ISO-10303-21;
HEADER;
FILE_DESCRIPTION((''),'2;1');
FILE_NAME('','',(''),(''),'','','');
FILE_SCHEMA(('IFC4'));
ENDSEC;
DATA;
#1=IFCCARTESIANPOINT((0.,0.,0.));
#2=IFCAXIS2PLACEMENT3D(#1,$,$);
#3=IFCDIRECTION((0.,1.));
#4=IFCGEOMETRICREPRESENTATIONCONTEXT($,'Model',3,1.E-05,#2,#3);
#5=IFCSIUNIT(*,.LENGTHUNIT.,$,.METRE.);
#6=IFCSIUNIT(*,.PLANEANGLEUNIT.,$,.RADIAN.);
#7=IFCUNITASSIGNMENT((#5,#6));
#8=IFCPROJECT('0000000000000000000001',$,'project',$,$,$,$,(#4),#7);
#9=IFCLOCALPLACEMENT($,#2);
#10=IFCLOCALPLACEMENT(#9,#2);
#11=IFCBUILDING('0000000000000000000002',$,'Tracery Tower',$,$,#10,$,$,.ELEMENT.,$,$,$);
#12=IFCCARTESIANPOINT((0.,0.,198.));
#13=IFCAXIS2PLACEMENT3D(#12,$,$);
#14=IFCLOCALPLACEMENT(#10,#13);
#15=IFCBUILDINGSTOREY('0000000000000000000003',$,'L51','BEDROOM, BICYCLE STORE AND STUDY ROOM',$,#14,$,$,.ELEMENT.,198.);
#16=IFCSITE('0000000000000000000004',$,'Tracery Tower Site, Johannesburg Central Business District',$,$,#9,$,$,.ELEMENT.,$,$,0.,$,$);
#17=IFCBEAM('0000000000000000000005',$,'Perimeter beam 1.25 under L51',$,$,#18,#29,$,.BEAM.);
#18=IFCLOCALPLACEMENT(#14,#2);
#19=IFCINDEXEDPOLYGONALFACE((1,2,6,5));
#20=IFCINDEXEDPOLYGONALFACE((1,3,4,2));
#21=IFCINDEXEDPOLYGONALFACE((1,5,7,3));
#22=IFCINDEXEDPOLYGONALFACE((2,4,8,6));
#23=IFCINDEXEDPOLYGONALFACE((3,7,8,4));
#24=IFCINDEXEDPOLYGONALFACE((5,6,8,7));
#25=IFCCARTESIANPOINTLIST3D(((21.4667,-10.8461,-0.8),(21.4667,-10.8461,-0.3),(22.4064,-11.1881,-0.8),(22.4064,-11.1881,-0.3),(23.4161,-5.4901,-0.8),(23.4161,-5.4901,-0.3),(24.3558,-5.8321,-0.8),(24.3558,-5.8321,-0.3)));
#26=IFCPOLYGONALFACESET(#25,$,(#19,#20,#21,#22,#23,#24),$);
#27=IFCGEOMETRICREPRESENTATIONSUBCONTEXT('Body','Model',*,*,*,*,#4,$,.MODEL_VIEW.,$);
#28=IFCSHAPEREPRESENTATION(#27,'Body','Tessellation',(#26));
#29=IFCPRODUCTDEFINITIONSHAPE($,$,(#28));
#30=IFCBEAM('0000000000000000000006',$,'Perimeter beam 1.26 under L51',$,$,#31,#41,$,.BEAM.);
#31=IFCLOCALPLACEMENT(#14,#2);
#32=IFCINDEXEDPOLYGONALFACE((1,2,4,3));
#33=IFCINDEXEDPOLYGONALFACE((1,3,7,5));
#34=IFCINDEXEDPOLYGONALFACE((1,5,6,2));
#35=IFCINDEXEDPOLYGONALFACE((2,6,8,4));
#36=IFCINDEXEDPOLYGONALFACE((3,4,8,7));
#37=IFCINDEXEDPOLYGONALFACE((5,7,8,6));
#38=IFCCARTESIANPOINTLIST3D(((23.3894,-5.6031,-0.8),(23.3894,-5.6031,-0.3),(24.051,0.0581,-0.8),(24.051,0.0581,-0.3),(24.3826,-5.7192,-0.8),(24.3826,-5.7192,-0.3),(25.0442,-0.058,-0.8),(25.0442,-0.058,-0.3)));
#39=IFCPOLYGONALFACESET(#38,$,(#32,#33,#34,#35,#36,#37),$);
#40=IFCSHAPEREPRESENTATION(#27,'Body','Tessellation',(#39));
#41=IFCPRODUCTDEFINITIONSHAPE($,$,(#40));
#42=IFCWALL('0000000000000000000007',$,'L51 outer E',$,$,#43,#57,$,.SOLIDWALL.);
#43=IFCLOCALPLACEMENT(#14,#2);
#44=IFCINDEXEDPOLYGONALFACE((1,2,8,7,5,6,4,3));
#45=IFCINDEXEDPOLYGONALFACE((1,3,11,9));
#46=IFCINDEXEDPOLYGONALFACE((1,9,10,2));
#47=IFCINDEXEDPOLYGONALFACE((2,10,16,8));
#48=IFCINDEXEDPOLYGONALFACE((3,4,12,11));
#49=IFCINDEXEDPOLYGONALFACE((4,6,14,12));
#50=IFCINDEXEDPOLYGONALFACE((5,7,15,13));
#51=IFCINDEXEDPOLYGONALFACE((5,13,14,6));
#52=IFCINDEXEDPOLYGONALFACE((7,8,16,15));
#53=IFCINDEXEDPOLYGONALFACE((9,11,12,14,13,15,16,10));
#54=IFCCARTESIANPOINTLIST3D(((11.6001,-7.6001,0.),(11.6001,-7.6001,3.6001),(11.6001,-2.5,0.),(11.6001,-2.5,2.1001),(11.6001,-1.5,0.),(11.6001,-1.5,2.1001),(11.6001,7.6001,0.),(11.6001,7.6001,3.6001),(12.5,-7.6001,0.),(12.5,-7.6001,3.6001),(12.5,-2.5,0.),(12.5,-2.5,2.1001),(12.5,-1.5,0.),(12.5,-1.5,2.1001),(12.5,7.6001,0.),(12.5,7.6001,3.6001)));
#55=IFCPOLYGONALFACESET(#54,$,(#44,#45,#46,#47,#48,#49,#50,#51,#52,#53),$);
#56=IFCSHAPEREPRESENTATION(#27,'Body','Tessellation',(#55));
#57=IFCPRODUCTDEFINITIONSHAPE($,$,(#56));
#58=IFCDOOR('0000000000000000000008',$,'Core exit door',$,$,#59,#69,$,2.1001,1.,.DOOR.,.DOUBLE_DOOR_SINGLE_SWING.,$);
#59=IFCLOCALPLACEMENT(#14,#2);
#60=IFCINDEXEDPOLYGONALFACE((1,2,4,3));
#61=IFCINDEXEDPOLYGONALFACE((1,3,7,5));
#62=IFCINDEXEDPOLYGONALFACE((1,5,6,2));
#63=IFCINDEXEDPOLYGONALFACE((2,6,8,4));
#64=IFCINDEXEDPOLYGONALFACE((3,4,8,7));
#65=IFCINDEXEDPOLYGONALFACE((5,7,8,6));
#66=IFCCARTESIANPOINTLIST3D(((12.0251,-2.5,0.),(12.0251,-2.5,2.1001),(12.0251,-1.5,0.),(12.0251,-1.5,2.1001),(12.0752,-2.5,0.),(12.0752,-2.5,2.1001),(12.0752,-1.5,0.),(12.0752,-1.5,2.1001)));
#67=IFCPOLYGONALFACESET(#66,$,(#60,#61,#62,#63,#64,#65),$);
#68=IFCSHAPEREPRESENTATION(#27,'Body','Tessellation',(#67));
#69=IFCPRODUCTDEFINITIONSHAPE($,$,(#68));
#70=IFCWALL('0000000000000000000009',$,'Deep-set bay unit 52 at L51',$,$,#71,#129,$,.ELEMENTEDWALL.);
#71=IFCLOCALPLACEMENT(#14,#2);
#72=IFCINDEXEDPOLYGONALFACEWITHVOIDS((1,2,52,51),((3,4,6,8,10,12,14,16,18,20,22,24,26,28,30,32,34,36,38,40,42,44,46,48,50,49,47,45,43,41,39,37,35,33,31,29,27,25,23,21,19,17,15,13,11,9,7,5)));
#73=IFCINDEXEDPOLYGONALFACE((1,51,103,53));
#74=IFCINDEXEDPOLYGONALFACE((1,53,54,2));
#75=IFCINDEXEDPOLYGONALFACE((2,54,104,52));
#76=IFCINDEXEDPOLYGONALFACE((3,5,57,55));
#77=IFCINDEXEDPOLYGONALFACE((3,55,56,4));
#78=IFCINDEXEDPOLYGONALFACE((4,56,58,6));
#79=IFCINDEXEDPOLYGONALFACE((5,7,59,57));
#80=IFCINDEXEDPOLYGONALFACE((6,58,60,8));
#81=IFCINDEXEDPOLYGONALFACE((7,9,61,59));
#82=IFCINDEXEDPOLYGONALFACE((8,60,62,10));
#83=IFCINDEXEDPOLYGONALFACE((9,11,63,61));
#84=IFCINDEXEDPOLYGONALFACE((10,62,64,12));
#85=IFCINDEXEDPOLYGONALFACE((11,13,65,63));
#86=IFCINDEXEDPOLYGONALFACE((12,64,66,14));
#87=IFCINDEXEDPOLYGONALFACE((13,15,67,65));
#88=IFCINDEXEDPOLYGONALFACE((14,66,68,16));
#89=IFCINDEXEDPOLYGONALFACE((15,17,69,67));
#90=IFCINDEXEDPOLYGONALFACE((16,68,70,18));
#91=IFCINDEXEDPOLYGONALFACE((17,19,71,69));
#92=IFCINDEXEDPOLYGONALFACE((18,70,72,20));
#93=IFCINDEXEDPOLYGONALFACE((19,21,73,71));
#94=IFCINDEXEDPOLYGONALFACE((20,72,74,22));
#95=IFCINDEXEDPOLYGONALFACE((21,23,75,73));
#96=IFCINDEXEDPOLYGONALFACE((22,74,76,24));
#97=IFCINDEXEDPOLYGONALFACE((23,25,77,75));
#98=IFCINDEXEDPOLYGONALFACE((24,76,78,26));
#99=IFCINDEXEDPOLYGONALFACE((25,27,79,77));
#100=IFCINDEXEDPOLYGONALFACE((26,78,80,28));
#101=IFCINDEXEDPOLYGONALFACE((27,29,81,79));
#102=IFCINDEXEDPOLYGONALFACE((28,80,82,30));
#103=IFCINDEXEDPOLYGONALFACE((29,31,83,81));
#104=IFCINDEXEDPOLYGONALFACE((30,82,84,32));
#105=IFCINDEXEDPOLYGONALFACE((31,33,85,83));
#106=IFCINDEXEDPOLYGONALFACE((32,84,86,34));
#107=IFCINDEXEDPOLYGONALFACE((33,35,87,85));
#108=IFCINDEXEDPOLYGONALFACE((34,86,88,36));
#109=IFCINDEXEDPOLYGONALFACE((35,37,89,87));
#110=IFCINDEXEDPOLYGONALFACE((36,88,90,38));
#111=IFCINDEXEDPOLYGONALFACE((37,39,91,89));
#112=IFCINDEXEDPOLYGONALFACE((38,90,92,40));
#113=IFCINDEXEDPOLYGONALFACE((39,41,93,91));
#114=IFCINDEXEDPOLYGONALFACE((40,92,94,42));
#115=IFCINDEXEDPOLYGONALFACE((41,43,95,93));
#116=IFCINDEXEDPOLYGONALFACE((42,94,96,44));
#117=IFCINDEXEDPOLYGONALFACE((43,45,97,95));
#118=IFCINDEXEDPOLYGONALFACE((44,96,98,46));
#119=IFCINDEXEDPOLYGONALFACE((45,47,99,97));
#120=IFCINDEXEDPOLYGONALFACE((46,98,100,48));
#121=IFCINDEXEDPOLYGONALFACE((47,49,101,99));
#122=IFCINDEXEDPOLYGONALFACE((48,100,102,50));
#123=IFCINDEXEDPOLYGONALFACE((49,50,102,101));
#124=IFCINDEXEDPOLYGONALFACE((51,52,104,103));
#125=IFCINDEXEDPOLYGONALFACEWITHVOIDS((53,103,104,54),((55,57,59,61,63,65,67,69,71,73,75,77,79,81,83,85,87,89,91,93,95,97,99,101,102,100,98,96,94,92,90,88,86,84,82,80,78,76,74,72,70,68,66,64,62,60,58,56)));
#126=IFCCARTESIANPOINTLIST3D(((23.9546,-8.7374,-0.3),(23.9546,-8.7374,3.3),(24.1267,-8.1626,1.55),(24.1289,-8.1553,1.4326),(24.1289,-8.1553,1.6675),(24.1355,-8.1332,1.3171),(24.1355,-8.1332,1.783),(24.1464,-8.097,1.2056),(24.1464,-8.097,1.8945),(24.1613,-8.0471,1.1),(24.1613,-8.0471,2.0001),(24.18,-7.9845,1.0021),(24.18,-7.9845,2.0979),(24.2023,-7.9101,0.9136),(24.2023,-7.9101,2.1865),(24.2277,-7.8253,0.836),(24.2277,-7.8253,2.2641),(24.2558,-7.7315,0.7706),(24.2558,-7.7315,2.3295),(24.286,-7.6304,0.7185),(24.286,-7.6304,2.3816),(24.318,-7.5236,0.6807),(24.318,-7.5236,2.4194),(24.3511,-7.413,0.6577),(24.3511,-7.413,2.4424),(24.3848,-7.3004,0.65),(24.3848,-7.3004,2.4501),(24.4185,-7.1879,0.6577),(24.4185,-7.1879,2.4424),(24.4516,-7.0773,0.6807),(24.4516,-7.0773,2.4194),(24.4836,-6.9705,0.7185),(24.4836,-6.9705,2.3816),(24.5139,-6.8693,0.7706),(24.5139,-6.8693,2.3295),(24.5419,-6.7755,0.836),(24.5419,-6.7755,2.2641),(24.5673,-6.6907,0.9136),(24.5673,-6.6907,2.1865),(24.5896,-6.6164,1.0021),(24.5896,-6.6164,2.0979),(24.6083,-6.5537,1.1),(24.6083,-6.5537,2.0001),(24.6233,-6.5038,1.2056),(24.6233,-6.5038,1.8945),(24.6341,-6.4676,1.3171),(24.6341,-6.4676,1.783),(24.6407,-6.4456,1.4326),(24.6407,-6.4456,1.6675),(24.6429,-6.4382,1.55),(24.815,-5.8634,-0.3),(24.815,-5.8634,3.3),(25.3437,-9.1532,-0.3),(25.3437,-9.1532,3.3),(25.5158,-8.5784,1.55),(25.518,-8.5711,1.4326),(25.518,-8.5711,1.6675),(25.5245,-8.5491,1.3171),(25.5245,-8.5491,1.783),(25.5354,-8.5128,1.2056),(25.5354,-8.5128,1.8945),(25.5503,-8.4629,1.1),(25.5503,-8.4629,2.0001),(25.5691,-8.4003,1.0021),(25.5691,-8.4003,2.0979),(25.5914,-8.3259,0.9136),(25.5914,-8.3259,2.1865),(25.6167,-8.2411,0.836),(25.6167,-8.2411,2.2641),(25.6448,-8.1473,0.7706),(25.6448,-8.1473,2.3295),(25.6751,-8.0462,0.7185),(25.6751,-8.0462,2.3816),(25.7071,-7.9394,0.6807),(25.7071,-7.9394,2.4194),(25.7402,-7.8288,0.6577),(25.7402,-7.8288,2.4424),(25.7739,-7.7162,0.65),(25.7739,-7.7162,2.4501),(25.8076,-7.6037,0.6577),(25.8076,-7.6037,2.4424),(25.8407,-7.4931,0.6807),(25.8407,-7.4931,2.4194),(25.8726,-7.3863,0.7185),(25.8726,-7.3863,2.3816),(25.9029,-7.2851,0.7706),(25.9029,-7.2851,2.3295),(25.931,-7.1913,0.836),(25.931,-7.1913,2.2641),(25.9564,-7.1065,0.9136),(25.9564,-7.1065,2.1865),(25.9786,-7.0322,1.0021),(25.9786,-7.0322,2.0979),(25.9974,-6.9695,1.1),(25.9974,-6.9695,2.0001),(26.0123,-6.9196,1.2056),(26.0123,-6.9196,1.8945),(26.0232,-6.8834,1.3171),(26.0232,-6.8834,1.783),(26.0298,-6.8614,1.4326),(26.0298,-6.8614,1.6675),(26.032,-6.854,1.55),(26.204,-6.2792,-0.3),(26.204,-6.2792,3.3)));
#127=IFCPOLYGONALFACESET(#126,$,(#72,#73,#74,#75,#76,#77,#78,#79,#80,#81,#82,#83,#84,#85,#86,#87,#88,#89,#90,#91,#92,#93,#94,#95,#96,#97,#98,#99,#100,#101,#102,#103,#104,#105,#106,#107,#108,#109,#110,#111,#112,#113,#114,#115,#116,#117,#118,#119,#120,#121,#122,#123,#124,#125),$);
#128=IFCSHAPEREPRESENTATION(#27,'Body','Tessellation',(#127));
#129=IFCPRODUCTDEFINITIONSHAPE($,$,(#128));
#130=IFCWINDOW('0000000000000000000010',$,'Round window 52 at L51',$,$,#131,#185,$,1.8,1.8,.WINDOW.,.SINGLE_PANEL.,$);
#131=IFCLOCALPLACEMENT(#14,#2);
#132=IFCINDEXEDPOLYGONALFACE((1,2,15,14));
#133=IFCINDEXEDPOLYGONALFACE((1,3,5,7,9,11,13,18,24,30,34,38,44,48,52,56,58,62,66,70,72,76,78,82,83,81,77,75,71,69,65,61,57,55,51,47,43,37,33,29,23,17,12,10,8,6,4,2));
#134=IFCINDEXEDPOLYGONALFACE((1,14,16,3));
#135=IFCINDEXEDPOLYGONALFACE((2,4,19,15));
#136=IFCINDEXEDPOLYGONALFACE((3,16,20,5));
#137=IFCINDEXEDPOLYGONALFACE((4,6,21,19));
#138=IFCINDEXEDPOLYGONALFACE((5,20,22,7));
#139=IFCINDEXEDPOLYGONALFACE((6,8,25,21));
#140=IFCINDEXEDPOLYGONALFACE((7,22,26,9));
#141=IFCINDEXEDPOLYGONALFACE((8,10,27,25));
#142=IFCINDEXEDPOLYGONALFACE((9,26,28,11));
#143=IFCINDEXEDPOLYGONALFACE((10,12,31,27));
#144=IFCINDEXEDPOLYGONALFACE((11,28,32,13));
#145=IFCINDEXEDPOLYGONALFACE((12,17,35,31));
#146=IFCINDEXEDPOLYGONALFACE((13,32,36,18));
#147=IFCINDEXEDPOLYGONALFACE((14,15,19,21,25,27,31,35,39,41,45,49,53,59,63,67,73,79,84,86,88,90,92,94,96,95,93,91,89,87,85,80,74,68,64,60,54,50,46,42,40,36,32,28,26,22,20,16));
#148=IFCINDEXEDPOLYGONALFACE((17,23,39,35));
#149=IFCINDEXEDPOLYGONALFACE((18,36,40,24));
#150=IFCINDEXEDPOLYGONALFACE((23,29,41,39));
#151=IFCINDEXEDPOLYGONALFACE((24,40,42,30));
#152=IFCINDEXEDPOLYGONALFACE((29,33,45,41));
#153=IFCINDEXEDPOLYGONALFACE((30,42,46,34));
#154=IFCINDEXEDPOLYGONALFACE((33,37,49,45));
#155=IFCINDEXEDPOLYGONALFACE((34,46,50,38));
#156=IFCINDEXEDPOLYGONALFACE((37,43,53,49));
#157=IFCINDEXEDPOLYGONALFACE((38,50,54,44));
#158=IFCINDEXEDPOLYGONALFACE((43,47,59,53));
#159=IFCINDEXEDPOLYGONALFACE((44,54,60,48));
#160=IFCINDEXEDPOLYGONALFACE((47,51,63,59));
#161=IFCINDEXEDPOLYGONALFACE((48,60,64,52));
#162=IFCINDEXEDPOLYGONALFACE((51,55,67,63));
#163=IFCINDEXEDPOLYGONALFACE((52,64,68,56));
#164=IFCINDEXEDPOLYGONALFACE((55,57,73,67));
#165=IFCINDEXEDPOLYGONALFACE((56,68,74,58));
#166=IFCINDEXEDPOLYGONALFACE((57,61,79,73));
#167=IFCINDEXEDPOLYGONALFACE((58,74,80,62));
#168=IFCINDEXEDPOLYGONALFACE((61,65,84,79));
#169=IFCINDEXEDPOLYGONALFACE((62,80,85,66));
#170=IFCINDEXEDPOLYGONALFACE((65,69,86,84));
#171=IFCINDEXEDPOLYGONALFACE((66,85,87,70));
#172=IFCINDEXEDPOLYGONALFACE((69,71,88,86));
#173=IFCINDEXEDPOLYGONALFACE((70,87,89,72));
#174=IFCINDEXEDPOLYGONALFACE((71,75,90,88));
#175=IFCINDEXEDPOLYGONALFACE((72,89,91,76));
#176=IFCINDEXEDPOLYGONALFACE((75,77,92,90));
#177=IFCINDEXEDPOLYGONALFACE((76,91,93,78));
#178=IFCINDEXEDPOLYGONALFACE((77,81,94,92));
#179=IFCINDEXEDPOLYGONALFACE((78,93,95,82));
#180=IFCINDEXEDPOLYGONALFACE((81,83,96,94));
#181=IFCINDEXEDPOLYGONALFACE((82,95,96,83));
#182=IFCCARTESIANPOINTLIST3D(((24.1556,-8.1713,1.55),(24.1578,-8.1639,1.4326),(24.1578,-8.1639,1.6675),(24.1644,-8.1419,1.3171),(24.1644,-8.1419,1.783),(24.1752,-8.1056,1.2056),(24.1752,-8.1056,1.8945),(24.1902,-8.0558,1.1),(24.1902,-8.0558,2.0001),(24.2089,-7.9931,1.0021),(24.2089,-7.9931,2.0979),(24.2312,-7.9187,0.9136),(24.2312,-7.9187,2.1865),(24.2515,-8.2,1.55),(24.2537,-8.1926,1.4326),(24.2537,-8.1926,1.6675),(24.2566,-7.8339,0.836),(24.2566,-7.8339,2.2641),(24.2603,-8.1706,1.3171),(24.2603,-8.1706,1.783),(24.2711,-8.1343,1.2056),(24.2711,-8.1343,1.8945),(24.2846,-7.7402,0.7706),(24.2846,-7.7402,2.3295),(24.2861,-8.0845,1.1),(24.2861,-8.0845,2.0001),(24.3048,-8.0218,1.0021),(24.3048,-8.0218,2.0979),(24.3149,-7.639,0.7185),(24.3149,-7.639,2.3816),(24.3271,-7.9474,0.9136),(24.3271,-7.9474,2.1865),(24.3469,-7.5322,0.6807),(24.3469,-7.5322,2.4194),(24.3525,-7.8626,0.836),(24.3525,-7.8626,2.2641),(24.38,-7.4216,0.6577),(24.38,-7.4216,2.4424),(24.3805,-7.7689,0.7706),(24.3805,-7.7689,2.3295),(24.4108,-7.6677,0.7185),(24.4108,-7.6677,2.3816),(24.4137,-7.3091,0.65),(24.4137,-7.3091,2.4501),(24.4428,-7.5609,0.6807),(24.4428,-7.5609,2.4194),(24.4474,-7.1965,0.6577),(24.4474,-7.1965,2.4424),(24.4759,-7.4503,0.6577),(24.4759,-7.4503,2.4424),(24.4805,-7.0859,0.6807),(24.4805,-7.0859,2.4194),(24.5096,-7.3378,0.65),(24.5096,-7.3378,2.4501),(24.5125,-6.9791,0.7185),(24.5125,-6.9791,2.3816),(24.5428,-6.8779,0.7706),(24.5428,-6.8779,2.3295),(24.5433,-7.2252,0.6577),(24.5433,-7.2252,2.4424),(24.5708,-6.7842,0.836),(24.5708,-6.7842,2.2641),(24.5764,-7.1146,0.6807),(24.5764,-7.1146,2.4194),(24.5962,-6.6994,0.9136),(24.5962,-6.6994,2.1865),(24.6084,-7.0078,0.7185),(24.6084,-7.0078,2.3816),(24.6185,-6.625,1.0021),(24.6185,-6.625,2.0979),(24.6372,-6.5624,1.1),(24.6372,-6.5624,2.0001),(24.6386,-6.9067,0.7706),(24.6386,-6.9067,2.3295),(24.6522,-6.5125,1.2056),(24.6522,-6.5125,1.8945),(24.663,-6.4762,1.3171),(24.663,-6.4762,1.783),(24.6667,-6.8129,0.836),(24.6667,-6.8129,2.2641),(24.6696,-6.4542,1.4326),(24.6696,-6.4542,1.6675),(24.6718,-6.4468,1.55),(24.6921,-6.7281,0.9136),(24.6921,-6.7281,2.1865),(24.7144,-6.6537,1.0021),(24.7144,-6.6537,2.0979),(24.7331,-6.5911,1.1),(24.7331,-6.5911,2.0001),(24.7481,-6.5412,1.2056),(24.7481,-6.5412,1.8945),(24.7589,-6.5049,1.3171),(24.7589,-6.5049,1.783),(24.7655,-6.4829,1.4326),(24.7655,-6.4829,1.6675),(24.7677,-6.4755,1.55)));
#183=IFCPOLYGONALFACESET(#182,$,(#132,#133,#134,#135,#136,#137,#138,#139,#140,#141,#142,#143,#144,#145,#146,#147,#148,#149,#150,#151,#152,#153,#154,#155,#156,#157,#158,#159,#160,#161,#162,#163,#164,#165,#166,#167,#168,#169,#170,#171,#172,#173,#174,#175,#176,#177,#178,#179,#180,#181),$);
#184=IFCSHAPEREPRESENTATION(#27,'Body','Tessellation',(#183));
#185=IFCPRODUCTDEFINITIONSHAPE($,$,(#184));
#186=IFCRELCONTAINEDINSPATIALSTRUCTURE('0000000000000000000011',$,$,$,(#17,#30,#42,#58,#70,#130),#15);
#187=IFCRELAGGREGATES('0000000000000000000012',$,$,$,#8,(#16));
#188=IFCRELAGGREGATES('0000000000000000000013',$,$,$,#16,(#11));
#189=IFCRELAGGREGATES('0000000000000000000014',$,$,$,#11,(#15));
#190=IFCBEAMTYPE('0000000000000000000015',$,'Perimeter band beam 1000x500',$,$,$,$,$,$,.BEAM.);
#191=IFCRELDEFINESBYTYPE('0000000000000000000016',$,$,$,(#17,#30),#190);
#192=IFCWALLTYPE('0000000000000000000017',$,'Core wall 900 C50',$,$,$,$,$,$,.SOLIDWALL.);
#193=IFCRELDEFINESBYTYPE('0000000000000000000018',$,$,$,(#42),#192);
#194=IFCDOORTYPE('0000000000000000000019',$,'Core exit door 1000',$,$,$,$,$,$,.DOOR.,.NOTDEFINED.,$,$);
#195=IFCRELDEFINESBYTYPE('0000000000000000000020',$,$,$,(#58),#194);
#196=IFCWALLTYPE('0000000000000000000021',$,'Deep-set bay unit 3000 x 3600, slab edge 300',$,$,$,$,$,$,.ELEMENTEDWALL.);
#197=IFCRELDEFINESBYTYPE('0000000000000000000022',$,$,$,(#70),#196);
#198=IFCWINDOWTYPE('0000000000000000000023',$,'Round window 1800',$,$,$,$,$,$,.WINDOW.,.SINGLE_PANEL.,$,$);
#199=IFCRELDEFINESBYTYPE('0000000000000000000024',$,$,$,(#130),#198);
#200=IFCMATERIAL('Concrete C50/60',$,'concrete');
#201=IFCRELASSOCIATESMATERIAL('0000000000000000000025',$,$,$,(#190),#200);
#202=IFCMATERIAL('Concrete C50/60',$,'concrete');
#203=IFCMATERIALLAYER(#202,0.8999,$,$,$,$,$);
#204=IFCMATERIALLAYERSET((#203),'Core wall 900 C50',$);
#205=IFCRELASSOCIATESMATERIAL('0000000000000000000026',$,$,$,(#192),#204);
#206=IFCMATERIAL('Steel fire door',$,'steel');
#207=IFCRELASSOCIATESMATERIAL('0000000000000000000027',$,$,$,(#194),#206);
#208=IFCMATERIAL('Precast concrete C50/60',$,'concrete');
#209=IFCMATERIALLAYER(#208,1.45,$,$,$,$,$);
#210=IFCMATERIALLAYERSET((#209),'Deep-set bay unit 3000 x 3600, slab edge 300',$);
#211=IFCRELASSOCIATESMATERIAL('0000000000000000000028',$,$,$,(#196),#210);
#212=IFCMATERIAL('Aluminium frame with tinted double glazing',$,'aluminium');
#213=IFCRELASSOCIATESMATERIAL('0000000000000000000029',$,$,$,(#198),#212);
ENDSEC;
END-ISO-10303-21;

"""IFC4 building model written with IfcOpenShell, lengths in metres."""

from ifc_helpers import new_model, si_unit, direction, frame, frame_2d, origin, origin_2d, place, context, subcontext, project, spatial, rectangle, circle, extrude, material, layer, layer_set, material_profile, profile_set, type_object, element, fill, save


model = new_model("IFC4")

# Units and contexts
model_context = context("Model", 3, precision=1e-05, world=origin(), true_north=direction((0.0, 1.0)))
body_context = subcontext(model_context, "Body", "Model", "MODEL_VIEW")
ifc_project = project(units=[si_unit("LENGTHUNIT", "METRE"), si_unit("PLANEANGLEUNIT", "RADIAN")], contexts=[model_context])

# Site, building, storey
site_placement = place(None, origin())
site = spatial("IfcSite", under=ifc_project, at=site_placement, Name="Tracery Tower Site, Johannesburg Central Business District", CompositionType="ELEMENT", RefElevation=0.0)
building_placement = place(site_placement, origin())
building = spatial("IfcBuilding", under=site, at=building_placement, Name="Tracery Tower", CompositionType="ELEMENT")
storey_placement = place(building_placement, frame((0.0, 0.0, 198.0)))
storey = spatial("IfcBuildingStorey", under=building, at=storey_placement, Name="L51", Description="BEDROOM, BICYCLE STORE AND STUDY ROOM", CompositionType="ELEMENT", Elevation=198.0)

# Beams
ifc_material_1 = material(Name="Concrete C50/60", Category="concrete")
ifc_material_profile_1 = material_profile(ifc_material_1, rectangle(XDim=1.0, YDim=0.5, at=origin_2d()), Name="RC 1000x500")
ifc_profile_set_1 = profile_set([ifc_material_profile_1], Name="Concrete C50/60")
beam_type = type_object("IfcBeamType", Name="Perimeter band beam 1000x500", PredefinedType="BEAM", material=ifc_profile_set_1)
for number, where, z_axis, x_axis, name in (
    (1, (21.9365, -11.0171, -0.55), (0.342029, 0.93969, 0.0), (-0.93969, 0.342029, 0.0), "Perimeter beam 1.25 under L51"),
    (2, (23.886, -5.6611, -0.55), (0.116081, 0.99324, 0.0), (-0.99324, 0.116081, 0.0), "Perimeter beam 1.26 under L51"),
):
    element("IfcBeam", number, at=place(storey_placement, frame(where, z_axis=z_axis, x_axis=x_axis)), inside=storey, type_object=beam_type, Name=name, PredefinedType="BEAM", context=body_context, shape_type="SweptSolid", body=[
        extrude(rectangle(XDim=1.0, YDim=0.5, at=origin_2d()), origin(), (0.0, 0.0, 1.0), 5.6997),
    ])

# Wall, opening, door
ifc_material_2 = material(Name="Concrete C50/60", Category="concrete")
ifc_layer_1 = layer(ifc_material_2, 0.8999)
ifc_layer_set_1 = layer_set([ifc_layer_1], Name="Core wall 900 C50")
wall_type_1 = type_object("IfcWallType", Name="Core wall 900 C50", PredefinedType="SOLIDWALL", material=ifc_layer_set_1)
wall_1_placement = place(storey_placement, frame((12.05, -7.6001, 0.0), z_axis=(0.0, 0.0, 1.0), x_axis=(0.0, 1.0, 0.0)))
wall_1 = element("IfcWall", 3, at=wall_1_placement, inside=storey, type_object=wall_type_1, Name="L51 outer E", PredefinedType="SOLIDWALL", context=body_context, shape_type="SweptSolid", body=[
    extrude(rectangle(XDim=15.2002, YDim=0.8999, at=frame_2d((7.6001, 0.0))), origin(), (0.0, 0.0, 1.0), 3.6001),
])
opening_1_placement = place(wall_1_placement, frame((5.1001, 0.0, 0.0)))
opening_1 = element("IfcOpeningElement", 4, at=opening_1_placement, cuts=wall_1, PredefinedType="OPENING", context=body_context, shape_type="SweptSolid", body=[
    extrude(rectangle(XDim=1.0, YDim=2.1001, at=frame_2d((0.5, 1.05))), frame((0.0, 0.45, 0.0), z_axis=(0.0, -1.0, 0.0), x_axis=(1.0, 0.0, 0.0)), (0.0, 0.0, 1.0), 0.8999),
])
ifc_material_3 = material(Name="Steel fire door", Category="steel")
door_type_1 = type_object("IfcDoorType", Name="Core exit door 1000", OperationType="NOTDEFINED", PredefinedType="DOOR", material=ifc_material_3)
door_1_placement = place(opening_1_placement, origin())
door_1 = element("IfcDoor", 5, at=door_1_placement, inside=storey, type_object=door_type_1, Name="Core exit door", OperationType="DOUBLE_DOOR_SINGLE_SWING", OverallHeight=2.1001, OverallWidth=1.0, PredefinedType="DOOR", context=body_context, shape_type="SweptSolid", body=[
    extrude(rectangle(XDim=1.0, YDim=2.1001, at=frame_2d((0.5, 1.05))), frame((0.0, 0.0249, 0.0), z_axis=(0.0, -1.0, 0.0), x_axis=(1.0, 0.0, 0.0)), (0.0, 0.0, 1.0), 0.05),
])
fill(opening_1, door_1)

# Wall, opening, window
ifc_material_4 = material(Name="Precast concrete C50/60", Category="concrete")
ifc_layer_2 = layer(ifc_material_4, 1.45)
ifc_layer_set_2 = layer_set([ifc_layer_2], Name="Deep-set bay unit 3000 x 3600, slab edge 300")
wall_type_2 = type_object("IfcWallType", Name="Deep-set bay unit 3000 x 3600, slab edge 300", PredefinedType="ELEMENTEDWALL", material=ifc_layer_set_2)
wall_2_placement = place(storey_placement, frame((24.6492, -8.9453, -0.3), z_axis=(0.0, 0.0, 1.0), x_axis=(0.28678, 0.957996, 0.0)))
wall_2 = element("IfcWall", 6, at=wall_2_placement, inside=storey, type_object=wall_type_2, Name="Deep-set bay unit 52 at L51", PredefinedType="ELEMENTEDWALL", context=body_context, shape_type="SweptSolid", body=[
    extrude(rectangle(XDim=3.0, YDim=1.45, at=frame_2d((1.5, 0.0))), origin(), (0.0, 0.0, 1.0), 3.6001),
])
opening_2_placement = place(wall_2_placement, frame((1.5, 0.0, 1.8501)))
opening_2 = element("IfcOpeningElement", 7, at=opening_2_placement, cuts=wall_2, PredefinedType="OPENING", context=body_context, shape_type="SweptSolid", body=[
    extrude(circle(Radius=0.9, at=origin_2d()), frame((0.0, 0.7349, 0.0), z_axis=(0.0, -1.0, 0.0), x_axis=(1.0, 0.0, 0.0)), (0.0, 0.0, 1.0), 1.47),
])
ifc_material_5 = material(Name="Aluminium frame with tinted double glazing", Category="aluminium")
window_type = type_object("IfcWindowType", Name="Round window 1800", PartitioningType="SINGLE_PANEL", PredefinedType="WINDOW", material=ifc_material_5)
window_1_placement = place(opening_2_placement, origin())
window_1 = element("IfcWindow", 8, at=window_1_placement, inside=storey, type_object=window_type, Name="Round window 52 at L51", OverallHeight=1.8, OverallWidth=1.8, PartitioningType="SINGLE_PANEL", PredefinedType="WINDOW", context=body_context, shape_type="SweptSolid", body=[
    extrude(circle(Radius=0.9, at=origin_2d()), frame((0.0, 0.6948, 0.0), z_axis=(0.0, -1.0, 0.0), x_axis=(1.0, 0.0, 0.0)), (0.0, 0.0, 1.0), 0.1001),
])
fill(opening_2, window_1)

save(model, "model.ifc")
